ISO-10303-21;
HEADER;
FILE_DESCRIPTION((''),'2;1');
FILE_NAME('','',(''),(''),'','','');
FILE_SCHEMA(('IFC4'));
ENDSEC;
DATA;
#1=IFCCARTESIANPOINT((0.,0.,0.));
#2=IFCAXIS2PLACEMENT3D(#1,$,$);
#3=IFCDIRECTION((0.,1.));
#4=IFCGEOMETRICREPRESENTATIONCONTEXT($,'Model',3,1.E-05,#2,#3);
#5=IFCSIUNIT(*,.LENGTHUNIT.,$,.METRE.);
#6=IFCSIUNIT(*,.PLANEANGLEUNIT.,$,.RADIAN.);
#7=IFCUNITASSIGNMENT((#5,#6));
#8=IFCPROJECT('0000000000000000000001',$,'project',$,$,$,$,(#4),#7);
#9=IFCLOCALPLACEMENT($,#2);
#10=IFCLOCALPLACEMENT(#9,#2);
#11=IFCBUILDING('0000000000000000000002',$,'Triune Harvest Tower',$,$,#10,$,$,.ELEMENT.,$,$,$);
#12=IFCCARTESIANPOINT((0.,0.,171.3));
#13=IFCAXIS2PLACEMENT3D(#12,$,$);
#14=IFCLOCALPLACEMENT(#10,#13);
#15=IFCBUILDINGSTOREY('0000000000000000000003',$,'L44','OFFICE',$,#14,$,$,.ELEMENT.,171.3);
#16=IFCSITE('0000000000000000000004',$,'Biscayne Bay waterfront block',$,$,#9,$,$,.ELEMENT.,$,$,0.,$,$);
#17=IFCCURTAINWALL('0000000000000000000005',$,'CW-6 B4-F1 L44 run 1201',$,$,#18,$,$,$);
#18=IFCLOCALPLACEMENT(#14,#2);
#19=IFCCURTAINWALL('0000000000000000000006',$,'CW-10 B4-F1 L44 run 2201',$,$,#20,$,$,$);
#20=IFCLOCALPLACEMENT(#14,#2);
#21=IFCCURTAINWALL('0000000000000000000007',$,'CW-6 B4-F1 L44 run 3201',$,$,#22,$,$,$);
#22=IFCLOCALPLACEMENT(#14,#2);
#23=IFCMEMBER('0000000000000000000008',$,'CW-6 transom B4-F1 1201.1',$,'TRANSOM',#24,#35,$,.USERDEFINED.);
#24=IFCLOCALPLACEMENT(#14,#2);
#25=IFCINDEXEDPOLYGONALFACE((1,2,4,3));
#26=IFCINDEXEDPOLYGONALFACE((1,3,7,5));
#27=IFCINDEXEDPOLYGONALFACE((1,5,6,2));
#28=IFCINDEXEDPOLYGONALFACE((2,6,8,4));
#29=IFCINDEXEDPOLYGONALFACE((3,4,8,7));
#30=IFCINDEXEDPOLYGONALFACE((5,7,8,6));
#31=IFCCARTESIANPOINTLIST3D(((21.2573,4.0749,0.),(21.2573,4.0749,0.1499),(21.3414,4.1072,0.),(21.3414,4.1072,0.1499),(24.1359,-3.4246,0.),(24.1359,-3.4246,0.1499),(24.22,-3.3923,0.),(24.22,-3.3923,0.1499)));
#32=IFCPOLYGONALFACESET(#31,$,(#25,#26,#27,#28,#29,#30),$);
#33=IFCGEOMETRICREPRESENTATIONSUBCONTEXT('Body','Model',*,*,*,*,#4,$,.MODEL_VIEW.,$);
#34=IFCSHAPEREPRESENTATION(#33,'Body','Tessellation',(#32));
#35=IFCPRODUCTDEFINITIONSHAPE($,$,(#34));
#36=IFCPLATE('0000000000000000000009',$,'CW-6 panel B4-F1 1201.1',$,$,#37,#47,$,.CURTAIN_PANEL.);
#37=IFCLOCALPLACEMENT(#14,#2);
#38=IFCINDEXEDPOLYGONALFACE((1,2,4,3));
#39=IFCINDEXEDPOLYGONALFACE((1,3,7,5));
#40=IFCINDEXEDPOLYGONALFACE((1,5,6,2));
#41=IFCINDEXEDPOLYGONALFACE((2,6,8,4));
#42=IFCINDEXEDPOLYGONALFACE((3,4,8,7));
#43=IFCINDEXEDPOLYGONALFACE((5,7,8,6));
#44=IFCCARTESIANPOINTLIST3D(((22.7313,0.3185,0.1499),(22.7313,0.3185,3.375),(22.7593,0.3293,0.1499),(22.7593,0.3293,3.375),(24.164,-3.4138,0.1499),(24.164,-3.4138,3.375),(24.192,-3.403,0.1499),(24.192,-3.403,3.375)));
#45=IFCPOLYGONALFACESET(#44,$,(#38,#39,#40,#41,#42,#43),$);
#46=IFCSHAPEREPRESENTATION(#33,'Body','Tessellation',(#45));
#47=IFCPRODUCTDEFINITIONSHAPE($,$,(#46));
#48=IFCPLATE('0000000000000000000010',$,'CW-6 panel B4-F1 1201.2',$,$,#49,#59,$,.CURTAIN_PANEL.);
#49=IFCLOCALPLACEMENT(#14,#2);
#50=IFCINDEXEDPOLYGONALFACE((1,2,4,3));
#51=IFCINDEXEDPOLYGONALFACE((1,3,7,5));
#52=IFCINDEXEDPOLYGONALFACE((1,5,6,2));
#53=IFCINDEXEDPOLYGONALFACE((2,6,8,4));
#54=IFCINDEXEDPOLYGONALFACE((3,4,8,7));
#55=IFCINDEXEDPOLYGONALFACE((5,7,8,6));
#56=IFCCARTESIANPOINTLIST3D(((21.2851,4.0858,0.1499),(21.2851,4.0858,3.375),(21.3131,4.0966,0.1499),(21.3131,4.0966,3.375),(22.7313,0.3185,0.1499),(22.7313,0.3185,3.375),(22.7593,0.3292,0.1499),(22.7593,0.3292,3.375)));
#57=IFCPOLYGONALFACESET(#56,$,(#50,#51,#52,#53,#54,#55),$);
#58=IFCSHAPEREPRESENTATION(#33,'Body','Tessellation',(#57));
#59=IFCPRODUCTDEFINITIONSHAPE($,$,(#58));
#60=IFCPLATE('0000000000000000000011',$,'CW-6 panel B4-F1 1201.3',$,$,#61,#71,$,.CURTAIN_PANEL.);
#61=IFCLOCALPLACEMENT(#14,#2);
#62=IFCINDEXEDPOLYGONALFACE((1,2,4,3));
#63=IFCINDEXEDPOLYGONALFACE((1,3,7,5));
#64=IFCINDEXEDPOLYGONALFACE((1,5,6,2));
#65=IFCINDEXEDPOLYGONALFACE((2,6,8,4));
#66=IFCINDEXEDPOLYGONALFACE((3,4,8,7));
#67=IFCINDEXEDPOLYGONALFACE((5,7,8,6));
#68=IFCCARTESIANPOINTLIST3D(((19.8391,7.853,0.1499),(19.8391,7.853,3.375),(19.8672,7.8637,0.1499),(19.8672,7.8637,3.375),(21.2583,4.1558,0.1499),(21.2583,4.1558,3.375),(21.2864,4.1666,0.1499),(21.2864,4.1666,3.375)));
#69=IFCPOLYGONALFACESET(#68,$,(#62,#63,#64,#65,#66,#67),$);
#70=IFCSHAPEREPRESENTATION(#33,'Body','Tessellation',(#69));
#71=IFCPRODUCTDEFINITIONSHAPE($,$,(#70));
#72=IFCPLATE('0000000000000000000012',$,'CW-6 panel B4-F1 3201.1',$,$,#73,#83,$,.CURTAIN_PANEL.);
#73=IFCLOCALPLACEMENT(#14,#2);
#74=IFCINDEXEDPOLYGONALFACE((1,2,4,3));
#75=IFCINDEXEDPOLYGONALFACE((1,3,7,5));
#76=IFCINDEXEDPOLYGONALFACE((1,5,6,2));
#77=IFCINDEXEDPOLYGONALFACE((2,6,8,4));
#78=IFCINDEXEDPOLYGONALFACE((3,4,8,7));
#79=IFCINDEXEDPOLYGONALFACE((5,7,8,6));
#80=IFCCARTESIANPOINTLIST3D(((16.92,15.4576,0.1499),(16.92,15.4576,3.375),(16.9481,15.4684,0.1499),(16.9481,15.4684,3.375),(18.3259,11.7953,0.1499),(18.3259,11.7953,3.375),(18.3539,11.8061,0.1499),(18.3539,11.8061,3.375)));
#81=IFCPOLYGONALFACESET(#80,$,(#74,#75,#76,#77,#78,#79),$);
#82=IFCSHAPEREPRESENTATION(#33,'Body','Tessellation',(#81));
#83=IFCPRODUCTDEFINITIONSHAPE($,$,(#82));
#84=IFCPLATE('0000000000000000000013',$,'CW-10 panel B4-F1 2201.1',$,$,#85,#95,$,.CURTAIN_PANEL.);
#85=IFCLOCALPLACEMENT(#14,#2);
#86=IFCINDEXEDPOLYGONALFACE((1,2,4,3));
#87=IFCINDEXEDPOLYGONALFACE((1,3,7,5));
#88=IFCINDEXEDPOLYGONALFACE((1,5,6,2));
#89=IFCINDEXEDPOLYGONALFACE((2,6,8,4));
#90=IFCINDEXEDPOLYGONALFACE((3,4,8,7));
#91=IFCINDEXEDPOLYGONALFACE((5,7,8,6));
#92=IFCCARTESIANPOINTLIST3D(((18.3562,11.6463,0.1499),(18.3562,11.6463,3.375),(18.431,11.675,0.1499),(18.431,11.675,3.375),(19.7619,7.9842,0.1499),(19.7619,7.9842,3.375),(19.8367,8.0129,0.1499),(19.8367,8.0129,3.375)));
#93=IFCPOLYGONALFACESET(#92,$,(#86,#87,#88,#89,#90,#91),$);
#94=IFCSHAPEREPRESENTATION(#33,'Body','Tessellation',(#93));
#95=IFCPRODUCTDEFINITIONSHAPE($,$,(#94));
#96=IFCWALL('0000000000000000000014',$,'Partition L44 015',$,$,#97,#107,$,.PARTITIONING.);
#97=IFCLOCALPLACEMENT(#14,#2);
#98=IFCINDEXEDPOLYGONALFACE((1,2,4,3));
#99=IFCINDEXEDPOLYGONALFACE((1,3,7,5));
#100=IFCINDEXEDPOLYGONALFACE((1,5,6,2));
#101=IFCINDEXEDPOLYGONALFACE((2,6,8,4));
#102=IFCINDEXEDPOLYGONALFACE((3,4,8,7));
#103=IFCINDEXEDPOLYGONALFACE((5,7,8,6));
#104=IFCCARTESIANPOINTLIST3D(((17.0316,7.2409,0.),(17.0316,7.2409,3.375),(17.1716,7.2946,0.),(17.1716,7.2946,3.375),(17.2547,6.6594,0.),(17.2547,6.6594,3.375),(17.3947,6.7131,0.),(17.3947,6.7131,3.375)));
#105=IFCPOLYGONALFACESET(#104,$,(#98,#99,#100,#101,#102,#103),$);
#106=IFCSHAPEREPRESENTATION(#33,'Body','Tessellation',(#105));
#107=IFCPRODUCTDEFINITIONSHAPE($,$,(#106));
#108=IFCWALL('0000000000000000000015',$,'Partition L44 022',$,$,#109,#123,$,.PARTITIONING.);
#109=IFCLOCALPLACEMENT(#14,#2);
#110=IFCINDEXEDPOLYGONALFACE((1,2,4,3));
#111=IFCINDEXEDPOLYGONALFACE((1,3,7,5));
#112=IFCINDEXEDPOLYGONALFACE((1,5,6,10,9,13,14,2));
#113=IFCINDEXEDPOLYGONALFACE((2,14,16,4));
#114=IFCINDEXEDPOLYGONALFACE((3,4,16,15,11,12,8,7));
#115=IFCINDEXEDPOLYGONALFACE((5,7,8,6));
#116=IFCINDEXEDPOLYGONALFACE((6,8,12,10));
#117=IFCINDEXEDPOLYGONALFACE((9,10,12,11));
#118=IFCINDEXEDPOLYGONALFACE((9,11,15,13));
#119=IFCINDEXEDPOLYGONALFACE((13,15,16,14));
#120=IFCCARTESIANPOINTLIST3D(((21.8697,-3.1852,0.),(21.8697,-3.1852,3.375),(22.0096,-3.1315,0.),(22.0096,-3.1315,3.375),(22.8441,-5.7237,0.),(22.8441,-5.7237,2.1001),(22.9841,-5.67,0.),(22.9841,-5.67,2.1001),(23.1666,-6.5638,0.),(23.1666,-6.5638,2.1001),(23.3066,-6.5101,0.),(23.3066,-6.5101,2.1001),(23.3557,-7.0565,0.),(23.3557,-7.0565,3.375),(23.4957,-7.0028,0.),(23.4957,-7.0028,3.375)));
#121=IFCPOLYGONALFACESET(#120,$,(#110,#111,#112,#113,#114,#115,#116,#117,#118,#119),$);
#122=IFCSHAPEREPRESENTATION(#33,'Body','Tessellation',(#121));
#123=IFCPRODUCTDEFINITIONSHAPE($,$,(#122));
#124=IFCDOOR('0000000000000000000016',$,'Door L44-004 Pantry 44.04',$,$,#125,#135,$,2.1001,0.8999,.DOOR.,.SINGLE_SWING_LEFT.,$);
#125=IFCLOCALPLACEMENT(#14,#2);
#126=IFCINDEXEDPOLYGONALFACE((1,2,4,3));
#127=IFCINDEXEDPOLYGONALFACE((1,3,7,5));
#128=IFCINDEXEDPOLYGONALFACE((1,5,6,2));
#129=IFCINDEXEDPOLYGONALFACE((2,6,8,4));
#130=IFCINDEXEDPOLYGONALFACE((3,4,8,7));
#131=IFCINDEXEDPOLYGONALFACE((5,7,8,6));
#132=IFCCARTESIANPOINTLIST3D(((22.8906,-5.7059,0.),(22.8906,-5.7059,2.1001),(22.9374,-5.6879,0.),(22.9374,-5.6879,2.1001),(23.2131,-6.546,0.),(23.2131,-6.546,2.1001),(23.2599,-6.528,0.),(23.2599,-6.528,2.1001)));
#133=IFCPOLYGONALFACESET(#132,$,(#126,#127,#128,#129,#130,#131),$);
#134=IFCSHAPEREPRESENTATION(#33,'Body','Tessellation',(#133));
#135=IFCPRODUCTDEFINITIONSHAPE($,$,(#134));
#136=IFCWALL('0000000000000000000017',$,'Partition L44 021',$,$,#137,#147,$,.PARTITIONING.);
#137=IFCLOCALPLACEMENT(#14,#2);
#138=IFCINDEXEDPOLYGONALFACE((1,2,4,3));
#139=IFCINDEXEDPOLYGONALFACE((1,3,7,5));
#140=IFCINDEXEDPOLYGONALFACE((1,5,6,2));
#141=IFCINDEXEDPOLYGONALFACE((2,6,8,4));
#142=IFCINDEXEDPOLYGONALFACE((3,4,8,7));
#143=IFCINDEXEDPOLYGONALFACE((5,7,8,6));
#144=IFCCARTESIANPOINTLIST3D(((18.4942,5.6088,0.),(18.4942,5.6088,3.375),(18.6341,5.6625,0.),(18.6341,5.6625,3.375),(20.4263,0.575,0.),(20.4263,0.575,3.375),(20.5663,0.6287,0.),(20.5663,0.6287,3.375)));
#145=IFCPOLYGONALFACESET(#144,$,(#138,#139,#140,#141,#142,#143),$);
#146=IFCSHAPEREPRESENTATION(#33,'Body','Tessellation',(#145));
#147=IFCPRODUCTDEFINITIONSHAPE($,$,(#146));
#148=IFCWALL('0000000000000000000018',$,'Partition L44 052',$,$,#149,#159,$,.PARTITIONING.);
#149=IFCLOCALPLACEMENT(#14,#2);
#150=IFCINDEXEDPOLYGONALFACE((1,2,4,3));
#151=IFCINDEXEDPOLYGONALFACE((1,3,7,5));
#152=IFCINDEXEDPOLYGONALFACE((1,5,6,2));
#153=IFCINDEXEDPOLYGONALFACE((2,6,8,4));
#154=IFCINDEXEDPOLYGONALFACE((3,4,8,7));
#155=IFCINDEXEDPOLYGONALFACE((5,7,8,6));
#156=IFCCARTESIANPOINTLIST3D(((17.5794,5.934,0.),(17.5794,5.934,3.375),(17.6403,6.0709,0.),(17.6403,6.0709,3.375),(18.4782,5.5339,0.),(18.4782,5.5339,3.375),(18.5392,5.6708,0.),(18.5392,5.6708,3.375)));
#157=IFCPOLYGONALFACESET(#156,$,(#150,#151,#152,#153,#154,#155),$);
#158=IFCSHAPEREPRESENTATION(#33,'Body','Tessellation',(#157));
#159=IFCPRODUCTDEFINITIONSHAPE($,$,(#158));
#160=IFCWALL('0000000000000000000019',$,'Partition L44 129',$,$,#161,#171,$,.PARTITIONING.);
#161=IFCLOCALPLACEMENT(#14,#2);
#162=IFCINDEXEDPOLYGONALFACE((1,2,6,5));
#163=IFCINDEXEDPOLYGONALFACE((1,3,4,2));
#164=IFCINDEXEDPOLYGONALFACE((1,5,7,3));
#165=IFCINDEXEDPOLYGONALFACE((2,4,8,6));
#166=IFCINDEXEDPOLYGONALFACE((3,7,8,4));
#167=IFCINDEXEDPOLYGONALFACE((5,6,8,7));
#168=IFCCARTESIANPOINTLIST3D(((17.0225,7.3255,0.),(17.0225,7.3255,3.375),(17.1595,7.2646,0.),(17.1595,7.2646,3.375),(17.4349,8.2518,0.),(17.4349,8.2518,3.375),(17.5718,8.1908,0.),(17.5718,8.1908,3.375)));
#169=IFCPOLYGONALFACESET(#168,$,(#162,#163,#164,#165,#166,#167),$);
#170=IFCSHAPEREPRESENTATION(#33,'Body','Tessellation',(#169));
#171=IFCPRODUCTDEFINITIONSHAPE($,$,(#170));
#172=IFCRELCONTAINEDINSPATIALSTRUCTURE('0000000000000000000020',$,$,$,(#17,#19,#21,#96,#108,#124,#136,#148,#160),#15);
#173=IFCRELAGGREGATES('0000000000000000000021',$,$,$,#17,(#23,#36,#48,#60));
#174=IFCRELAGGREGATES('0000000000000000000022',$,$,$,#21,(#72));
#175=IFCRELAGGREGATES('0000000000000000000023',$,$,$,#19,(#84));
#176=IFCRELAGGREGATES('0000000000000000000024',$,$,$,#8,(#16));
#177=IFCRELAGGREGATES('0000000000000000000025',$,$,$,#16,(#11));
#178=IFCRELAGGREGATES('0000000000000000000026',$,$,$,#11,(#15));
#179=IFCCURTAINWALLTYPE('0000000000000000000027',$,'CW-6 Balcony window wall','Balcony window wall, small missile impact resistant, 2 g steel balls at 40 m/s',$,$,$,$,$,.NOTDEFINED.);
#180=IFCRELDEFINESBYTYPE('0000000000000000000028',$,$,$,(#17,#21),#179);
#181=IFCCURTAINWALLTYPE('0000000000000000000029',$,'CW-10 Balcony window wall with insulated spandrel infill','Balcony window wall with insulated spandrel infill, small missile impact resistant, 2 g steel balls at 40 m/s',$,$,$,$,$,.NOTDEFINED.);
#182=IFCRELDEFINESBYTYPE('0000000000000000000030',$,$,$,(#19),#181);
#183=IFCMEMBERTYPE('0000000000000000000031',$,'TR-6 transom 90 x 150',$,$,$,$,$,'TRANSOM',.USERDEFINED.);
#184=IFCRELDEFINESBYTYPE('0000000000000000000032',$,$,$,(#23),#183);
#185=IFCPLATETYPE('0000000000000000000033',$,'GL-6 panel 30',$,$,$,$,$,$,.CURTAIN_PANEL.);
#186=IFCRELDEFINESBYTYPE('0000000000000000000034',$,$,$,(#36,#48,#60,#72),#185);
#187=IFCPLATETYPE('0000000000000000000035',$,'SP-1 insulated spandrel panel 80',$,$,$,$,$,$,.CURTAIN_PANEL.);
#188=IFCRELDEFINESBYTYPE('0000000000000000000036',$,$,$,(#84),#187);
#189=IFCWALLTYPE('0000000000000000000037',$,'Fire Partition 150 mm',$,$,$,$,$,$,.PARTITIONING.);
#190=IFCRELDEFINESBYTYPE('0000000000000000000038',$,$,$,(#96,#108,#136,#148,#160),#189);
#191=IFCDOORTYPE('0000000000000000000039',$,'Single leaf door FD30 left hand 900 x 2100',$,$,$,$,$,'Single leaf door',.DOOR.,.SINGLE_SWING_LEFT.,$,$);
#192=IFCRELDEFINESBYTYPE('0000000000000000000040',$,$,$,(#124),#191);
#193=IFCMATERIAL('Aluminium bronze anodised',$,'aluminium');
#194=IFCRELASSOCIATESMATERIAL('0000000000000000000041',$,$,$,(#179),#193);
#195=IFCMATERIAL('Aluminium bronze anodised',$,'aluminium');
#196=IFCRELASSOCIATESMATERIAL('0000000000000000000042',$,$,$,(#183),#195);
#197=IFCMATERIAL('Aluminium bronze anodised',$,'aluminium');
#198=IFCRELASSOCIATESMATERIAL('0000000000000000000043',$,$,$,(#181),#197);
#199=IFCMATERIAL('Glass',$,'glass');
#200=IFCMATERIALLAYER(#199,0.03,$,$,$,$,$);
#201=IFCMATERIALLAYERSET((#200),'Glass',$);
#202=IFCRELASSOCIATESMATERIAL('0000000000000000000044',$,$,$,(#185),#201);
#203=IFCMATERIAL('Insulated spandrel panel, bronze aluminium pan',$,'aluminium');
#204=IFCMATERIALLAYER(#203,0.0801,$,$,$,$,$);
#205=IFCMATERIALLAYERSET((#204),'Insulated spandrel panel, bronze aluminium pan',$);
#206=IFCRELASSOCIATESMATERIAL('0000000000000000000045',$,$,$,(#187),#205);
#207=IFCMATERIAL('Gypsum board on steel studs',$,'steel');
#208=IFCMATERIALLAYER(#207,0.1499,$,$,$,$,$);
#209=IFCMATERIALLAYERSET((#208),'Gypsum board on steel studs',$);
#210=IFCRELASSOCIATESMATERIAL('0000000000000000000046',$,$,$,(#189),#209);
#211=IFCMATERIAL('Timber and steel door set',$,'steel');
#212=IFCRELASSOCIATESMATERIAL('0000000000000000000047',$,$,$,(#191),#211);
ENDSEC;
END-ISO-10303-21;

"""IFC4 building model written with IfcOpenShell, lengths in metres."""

from ifc_helpers import new_model, si_unit, direction, frame, frame_2d, origin, origin_2d, place, context, subcontext, project, spatial, rectangle, extrude, source, transform, mapped, material, layer, layer_set, material_profile, profile_set, type_object, element, fill, aggregate, save


model = new_model("IFC4")

# Units and contexts
model_context = context("Model", 3, precision=1e-05, world=origin(), true_north=direction((0.0, 1.0)))
body_context = subcontext(model_context, "Body", "Model", "MODEL_VIEW")
ifc_project = project(units=[si_unit("LENGTHUNIT", "METRE"), si_unit("PLANEANGLEUNIT", "RADIAN")], contexts=[model_context])

# Site, building, storey
site_placement = place(None, origin())
site = spatial("IfcSite", under=ifc_project, at=site_placement, Name="Biscayne Bay waterfront block", CompositionType="ELEMENT", RefElevation=0.0)
building_placement = place(site_placement, origin())
building = spatial("IfcBuilding", under=site, at=building_placement, Name="Triune Harvest Tower", CompositionType="ELEMENT")
storey_placement = place(building_placement, frame((0.0, 0.0, 171.3)))
storey = spatial("IfcBuildingStorey", under=building, at=storey_placement, Name="L44", Description="OFFICE", CompositionType="ELEMENT", Elevation=171.3)

# Curtain walls
ifc_material_1 = material(Name="Aluminium bronze anodised", Category="aluminium")
curtain_wall_type_1 = type_object("IfcCurtainWallType", Name="CW-6 Balcony window wall", Description="Balcony window wall, small missile impact resistant, 2 g steel balls at 40 m/s", PredefinedType="NOTDEFINED", material=ifc_material_1)
curtain_wall_1_placement = place(storey_placement, origin())
curtain_wall_1 = element("IfcCurtainWall", 1, at=curtain_wall_1_placement, inside=storey, type_object=curtain_wall_type_1, Name="CW-6 B4-F1 L44 run 1201")
ifc_material_2 = material(Name="Aluminium bronze anodised", Category="aluminium")
ifc_material_profile_1 = material_profile(ifc_material_2, rectangle(XDim=0.0901, YDim=0.1499, at=origin_2d()), Name="TR-6 transom 90 x 150")
ifc_profile_set_1 = profile_set([ifc_material_profile_1], Name="Aluminium bronze anodised")
member_type_1 = type_object("IfcMemberType", Name="TR-6 transom 90 x 150", ElementType="TRANSOM", PredefinedType="USERDEFINED", material=ifc_profile_set_1)
ifc_material_3 = material(Name="Aluminium bronze anodised", Category="aluminium")
curtain_wall_type_2 = type_object("IfcCurtainWallType", Name="CW-10 Balcony window wall with insulated spandrel infill", Description="Balcony window wall with insulated spandrel infill, small missile impact resistant, 2 g steel balls at 40 m/s", PredefinedType="NOTDEFINED", material=ifc_material_3)
curtain_wall_2_placement = place(storey_placement, origin())
curtain_wall_2 = element("IfcCurtainWall", 2, at=curtain_wall_2_placement, inside=storey, type_object=curtain_wall_type_2, Name="CW-10 B4-F1 L44 run 2201")
curtain_wall_3_placement = place(storey_placement, origin())
curtain_wall_3 = element("IfcCurtainWall", 3, at=curtain_wall_3_placement, inside=storey, type_object=curtain_wall_type_1, Name="CW-6 B4-F1 L44 run 3201")

# Member
shared_shape_1 = source(origin(), body_context, "Body", "SweptSolid", [
    extrude(rectangle(XDim=0.0901, YDim=0.1499, at=origin_2d()), origin(), (0.0, 0.0, 1.0), 8.033),
])
member_1_placement = place(storey_placement, frame((24.178, -3.4084, 0.075), z_axis=(-0.358354, 0.933586, 0.0), x_axis=(-0.933586, -0.358354, 0.0)))
member_1 = element("IfcMember", 4, at=member_1_placement, type_object=member_type_1, Name="CW-6 transom B4-F1 1201.1", ObjectType="TRANSOM", PredefinedType="USERDEFINED", context=body_context, shape_type="MappedRepresentation", body=[
    mapped(shared_shape_1, transform((0.0, 0.0, 0.0), scale=1.0)),
])

# Plates
ifc_material_4 = material(Name="Glass", Category="glass")
ifc_layer_1 = layer(ifc_material_4, 0.03)
ifc_layer_set_1 = layer_set([ifc_layer_1], Name="Glass")
plate_type_1 = type_object("IfcPlateType", Name="GL-6 panel 30", PredefinedType="CURTAIN_PANEL", material=ifc_layer_set_1)
plate_1_placement = place(storey_placement, frame((23.4617, -1.5422, 0.1499), z_axis=(0.0, 0.0, 1.0), x_axis=(-0.358371, 0.933579, 0.0)))
plate_1 = element("IfcPlate", 5, at=plate_1_placement, type_object=plate_type_1, Name="CW-6 panel B4-F1 1201.1", PredefinedType="CURTAIN_PANEL", context=body_context, shape_type="SweptSolid", body=[
    extrude(rectangle(XDim=3.9978, YDim=0.03, at=origin_2d()), origin(), (0.0, 0.0, 1.0), 3.2251),
])
plate_2_placement = place(storey_placement, frame((22.0222, 2.2075, 0.1499), z_axis=(0.0, 0.0, 1.0), x_axis=(-0.358371, 0.933579, 0.0)))
plate_2 = element("IfcPlate", 6, at=plate_2_placement, type_object=plate_type_1, Name="CW-6 panel B4-F1 1201.2", PredefinedType="CURTAIN_PANEL", context=body_context, shape_type="SweptSolid", body=[
    extrude(rectangle(XDim=4.0354, YDim=0.03, at=origin_2d()), origin(), (0.0, 0.0, 1.0), 3.2251),
])
plate_3_placement = place(storey_placement, frame((20.5627, 6.0098, 0.1499), z_axis=(0.0, 0.0, 1.0), x_axis=(-0.358371, 0.933579, 0.0)))
plate_3 = element("IfcPlate", 7, at=plate_3_placement, type_object=plate_type_1, Name="CW-6 panel B4-F1 1201.3", PredefinedType="CURTAIN_PANEL", context=body_context, shape_type="SweptSolid", body=[
    extrude(rectangle(XDim=3.9602, YDim=0.03, at=origin_2d()), origin(), (0.0, 0.0, 1.0), 3.2251),
])
aggregate(curtain_wall_1, [member_1, plate_1, plate_2, plate_3])
plate_4_placement = place(storey_placement, frame((17.637, 13.6318, 0.1499), z_axis=(0.0, 0.0, 1.0), x_axis=(-0.358375, 0.933578, 0.0)))
plate_4 = element("IfcPlate", 8, at=plate_4_placement, type_object=plate_type_1, Name="CW-6 panel B4-F1 3201.1", PredefinedType="CURTAIN_PANEL", context=body_context, shape_type="SweptSolid", body=[
    extrude(rectangle(XDim=3.9229, YDim=0.03, at=origin_2d()), origin(), (0.0, 0.0, 1.0), 3.2251),
])
aggregate(curtain_wall_3, [plate_4])
ifc_material_5 = material(Name="Insulated spandrel panel, bronze aluminium pan", Category="aluminium")
ifc_layer_2 = layer(ifc_material_5, 0.0801)
ifc_layer_set_2 = layer_set([ifc_layer_2], Name="Insulated spandrel panel, bronze aluminium pan")
plate_type_2 = type_object("IfcPlateType", Name="SP-1 insulated spandrel panel 80", PredefinedType="CURTAIN_PANEL", material=ifc_layer_set_2)
plate_5_placement = place(storey_placement, frame((19.0964, 9.8296, 0.1499), z_axis=(0.0, 0.0, 1.0), x_axis=(-0.358362, 0.933583, 0.0)))
plate_5 = element("IfcPlate", 9, at=plate_5_placement, type_object=plate_type_2, Name="CW-10 panel B4-F1 2201.1", PredefinedType="CURTAIN_PANEL", context=body_context, shape_type="SweptSolid", body=[
    extrude(rectangle(XDim=3.9226, YDim=0.0801, at=origin_2d()), origin(), (0.0, 0.0, 1.0), 3.2251),
])
aggregate(curtain_wall_2, [plate_5])

# Wall
ifc_material_6 = material(Name="Gypsum board on steel studs", Category="steel")
ifc_layer_3 = layer(ifc_material_6, 0.1499)
ifc_layer_set_3 = layer_set([ifc_layer_3], Name="Gypsum board on steel studs")
wall_type = type_object("IfcWallType", Name="Fire Partition 150 mm", PredefinedType="PARTITIONING", material=ifc_layer_set_3)
wall_1_placement = place(storey_placement, frame((17.1016, 7.2678, 0.0), z_axis=(0.0, 0.0, 1.0), x_axis=(0.358244, -0.933628, 0.0)))
element("IfcWall", 10, at=wall_1_placement, inside=storey, type_object=wall_type, Name="Partition L44 015", PredefinedType="PARTITIONING", context=body_context, shape_type="SweptSolid", body=[
    extrude(rectangle(XDim=0.6228, YDim=0.1499, at=frame_2d((0.3115, 0.0))), origin(), (0.0, 0.0, 1.0), 3.375),
])

# Wall, opening, door
wall_2_placement = place(storey_placement, frame((21.9397, -3.1584, 0.0), z_axis=(0.0, 0.0, 1.0), x_axis=(0.358371, -0.933579, 0.0)))
wall_2 = element("IfcWall", 11, at=wall_2_placement, inside=storey, type_object=wall_type, Name="Partition L44 022", PredefinedType="PARTITIONING", context=body_context, shape_type="SweptSolid", body=[
    extrude(rectangle(XDim=4.1467, YDim=0.1499, at=frame_2d((2.0732, 0.0))), origin(), (0.0, 0.0, 1.0), 3.375),
])
opening_placement = place(wall_2_placement, frame((2.719, 0.0, 0.0)))
opening = element("IfcOpeningElement", 12, at=opening_placement, cuts=wall_2, PredefinedType="OPENING", context=body_context, shape_type="SweptSolid", body=[
    extrude(rectangle(XDim=0.8999, YDim=2.1001, at=frame_2d((0.45, 1.05))), frame((0.0, 0.085, 0.0), z_axis=(0.0, -1.0, 0.0), x_axis=(1.0, 0.0, 0.0)), (0.0, 0.0, 1.0), 0.1699),
])
ifc_material_7 = material(Name="Timber and steel door set", Category="steel")
door_type = type_object("IfcDoorType", Name="Single leaf door FD30 left hand 900 x 2100", ElementType="Single leaf door", OperationType="SINGLE_SWING_LEFT", PredefinedType="DOOR", material=ifc_material_7)
door_placement = place(opening_placement, origin())
door = element("IfcDoor", 13, at=door_placement, inside=storey, type_object=door_type, Name="Door L44-004 Pantry 44.04", OperationType="SINGLE_SWING_LEFT", OverallHeight=2.1001, OverallWidth=0.8999, PredefinedType="DOOR", context=body_context, shape_type="SweptSolid", body=[
    extrude(rectangle(XDim=0.8999, YDim=2.1001, at=frame_2d((0.45, 1.05))), frame((0.0, 0.0249, 0.0), z_axis=(0.0, -1.0, 0.0), x_axis=(1.0, 0.0, 0.0)), (0.0, 0.0, 1.0), 0.05),
])
fill(opening, door)

# Walls
shared_shape_2 = source(origin(), body_context, "Body", "SweptSolid", [
    extrude(rectangle(XDim=5.3918, YDim=0.1499, at=frame_2d((2.6958, 0.0))), origin(), (0.0, 0.0, 1.0), 3.375),
])
wall_3_placement = place(storey_placement, frame((18.5642, 5.6355, 0.0), z_axis=(0.0, 0.0, 1.0), x_axis=(0.358348, -0.933588, 0.0)))
element("IfcWall", 14, at=wall_3_placement, inside=storey, type_object=wall_type, Name="Partition L44 021", PredefinedType="PARTITIONING", context=body_context, shape_type="MappedRepresentation", body=[
    mapped(shared_shape_2, transform((0.0, 0.0, 0.0), scale=1.0)),
])
shared_shape_3 = source(origin(), body_context, "Body", "SweptSolid", [
    extrude(rectangle(XDim=0.9839, YDim=0.1499, at=frame_2d((0.4919, 0.0))), origin(), (0.0, 0.0, 1.0), 3.375),
])
wall_4_placement = place(storey_placement, frame((17.6099, 6.0024, 0.0), z_axis=(0.0, 0.0, 1.0), x_axis=(0.913576, -0.406668, 0.0)))
element("IfcWall", 15, at=wall_4_placement, inside=storey, type_object=wall_type, Name="Partition L44 052", PredefinedType="PARTITIONING", context=body_context, shape_type="MappedRepresentation", body=[
    mapped(shared_shape_3, transform((0.0, 0.0, 0.0), scale=1.0)),
])
shared_shape_4 = source(origin(), body_context, "Body", "SweptSolid", [
    extrude(rectangle(XDim=1.0139, YDim=0.1499, at=frame_2d((0.5068, 0.0))), origin(), (0.0, 0.0, 1.0), 3.375),
])
wall_5_placement = place(storey_placement, frame((17.0911, 7.2952, 0.0), z_axis=(0.0, 0.0, 1.0), x_axis=(0.406697, 0.913563, 0.0)))
element("IfcWall", 16, at=wall_5_placement, inside=storey, type_object=wall_type, Name="Partition L44 129", PredefinedType="PARTITIONING", context=body_context, shape_type="MappedRepresentation", body=[
    mapped(shared_shape_4, transform((0.0, 0.0, 0.0), scale=1.0)),
])

save(model, "model.ifc")
